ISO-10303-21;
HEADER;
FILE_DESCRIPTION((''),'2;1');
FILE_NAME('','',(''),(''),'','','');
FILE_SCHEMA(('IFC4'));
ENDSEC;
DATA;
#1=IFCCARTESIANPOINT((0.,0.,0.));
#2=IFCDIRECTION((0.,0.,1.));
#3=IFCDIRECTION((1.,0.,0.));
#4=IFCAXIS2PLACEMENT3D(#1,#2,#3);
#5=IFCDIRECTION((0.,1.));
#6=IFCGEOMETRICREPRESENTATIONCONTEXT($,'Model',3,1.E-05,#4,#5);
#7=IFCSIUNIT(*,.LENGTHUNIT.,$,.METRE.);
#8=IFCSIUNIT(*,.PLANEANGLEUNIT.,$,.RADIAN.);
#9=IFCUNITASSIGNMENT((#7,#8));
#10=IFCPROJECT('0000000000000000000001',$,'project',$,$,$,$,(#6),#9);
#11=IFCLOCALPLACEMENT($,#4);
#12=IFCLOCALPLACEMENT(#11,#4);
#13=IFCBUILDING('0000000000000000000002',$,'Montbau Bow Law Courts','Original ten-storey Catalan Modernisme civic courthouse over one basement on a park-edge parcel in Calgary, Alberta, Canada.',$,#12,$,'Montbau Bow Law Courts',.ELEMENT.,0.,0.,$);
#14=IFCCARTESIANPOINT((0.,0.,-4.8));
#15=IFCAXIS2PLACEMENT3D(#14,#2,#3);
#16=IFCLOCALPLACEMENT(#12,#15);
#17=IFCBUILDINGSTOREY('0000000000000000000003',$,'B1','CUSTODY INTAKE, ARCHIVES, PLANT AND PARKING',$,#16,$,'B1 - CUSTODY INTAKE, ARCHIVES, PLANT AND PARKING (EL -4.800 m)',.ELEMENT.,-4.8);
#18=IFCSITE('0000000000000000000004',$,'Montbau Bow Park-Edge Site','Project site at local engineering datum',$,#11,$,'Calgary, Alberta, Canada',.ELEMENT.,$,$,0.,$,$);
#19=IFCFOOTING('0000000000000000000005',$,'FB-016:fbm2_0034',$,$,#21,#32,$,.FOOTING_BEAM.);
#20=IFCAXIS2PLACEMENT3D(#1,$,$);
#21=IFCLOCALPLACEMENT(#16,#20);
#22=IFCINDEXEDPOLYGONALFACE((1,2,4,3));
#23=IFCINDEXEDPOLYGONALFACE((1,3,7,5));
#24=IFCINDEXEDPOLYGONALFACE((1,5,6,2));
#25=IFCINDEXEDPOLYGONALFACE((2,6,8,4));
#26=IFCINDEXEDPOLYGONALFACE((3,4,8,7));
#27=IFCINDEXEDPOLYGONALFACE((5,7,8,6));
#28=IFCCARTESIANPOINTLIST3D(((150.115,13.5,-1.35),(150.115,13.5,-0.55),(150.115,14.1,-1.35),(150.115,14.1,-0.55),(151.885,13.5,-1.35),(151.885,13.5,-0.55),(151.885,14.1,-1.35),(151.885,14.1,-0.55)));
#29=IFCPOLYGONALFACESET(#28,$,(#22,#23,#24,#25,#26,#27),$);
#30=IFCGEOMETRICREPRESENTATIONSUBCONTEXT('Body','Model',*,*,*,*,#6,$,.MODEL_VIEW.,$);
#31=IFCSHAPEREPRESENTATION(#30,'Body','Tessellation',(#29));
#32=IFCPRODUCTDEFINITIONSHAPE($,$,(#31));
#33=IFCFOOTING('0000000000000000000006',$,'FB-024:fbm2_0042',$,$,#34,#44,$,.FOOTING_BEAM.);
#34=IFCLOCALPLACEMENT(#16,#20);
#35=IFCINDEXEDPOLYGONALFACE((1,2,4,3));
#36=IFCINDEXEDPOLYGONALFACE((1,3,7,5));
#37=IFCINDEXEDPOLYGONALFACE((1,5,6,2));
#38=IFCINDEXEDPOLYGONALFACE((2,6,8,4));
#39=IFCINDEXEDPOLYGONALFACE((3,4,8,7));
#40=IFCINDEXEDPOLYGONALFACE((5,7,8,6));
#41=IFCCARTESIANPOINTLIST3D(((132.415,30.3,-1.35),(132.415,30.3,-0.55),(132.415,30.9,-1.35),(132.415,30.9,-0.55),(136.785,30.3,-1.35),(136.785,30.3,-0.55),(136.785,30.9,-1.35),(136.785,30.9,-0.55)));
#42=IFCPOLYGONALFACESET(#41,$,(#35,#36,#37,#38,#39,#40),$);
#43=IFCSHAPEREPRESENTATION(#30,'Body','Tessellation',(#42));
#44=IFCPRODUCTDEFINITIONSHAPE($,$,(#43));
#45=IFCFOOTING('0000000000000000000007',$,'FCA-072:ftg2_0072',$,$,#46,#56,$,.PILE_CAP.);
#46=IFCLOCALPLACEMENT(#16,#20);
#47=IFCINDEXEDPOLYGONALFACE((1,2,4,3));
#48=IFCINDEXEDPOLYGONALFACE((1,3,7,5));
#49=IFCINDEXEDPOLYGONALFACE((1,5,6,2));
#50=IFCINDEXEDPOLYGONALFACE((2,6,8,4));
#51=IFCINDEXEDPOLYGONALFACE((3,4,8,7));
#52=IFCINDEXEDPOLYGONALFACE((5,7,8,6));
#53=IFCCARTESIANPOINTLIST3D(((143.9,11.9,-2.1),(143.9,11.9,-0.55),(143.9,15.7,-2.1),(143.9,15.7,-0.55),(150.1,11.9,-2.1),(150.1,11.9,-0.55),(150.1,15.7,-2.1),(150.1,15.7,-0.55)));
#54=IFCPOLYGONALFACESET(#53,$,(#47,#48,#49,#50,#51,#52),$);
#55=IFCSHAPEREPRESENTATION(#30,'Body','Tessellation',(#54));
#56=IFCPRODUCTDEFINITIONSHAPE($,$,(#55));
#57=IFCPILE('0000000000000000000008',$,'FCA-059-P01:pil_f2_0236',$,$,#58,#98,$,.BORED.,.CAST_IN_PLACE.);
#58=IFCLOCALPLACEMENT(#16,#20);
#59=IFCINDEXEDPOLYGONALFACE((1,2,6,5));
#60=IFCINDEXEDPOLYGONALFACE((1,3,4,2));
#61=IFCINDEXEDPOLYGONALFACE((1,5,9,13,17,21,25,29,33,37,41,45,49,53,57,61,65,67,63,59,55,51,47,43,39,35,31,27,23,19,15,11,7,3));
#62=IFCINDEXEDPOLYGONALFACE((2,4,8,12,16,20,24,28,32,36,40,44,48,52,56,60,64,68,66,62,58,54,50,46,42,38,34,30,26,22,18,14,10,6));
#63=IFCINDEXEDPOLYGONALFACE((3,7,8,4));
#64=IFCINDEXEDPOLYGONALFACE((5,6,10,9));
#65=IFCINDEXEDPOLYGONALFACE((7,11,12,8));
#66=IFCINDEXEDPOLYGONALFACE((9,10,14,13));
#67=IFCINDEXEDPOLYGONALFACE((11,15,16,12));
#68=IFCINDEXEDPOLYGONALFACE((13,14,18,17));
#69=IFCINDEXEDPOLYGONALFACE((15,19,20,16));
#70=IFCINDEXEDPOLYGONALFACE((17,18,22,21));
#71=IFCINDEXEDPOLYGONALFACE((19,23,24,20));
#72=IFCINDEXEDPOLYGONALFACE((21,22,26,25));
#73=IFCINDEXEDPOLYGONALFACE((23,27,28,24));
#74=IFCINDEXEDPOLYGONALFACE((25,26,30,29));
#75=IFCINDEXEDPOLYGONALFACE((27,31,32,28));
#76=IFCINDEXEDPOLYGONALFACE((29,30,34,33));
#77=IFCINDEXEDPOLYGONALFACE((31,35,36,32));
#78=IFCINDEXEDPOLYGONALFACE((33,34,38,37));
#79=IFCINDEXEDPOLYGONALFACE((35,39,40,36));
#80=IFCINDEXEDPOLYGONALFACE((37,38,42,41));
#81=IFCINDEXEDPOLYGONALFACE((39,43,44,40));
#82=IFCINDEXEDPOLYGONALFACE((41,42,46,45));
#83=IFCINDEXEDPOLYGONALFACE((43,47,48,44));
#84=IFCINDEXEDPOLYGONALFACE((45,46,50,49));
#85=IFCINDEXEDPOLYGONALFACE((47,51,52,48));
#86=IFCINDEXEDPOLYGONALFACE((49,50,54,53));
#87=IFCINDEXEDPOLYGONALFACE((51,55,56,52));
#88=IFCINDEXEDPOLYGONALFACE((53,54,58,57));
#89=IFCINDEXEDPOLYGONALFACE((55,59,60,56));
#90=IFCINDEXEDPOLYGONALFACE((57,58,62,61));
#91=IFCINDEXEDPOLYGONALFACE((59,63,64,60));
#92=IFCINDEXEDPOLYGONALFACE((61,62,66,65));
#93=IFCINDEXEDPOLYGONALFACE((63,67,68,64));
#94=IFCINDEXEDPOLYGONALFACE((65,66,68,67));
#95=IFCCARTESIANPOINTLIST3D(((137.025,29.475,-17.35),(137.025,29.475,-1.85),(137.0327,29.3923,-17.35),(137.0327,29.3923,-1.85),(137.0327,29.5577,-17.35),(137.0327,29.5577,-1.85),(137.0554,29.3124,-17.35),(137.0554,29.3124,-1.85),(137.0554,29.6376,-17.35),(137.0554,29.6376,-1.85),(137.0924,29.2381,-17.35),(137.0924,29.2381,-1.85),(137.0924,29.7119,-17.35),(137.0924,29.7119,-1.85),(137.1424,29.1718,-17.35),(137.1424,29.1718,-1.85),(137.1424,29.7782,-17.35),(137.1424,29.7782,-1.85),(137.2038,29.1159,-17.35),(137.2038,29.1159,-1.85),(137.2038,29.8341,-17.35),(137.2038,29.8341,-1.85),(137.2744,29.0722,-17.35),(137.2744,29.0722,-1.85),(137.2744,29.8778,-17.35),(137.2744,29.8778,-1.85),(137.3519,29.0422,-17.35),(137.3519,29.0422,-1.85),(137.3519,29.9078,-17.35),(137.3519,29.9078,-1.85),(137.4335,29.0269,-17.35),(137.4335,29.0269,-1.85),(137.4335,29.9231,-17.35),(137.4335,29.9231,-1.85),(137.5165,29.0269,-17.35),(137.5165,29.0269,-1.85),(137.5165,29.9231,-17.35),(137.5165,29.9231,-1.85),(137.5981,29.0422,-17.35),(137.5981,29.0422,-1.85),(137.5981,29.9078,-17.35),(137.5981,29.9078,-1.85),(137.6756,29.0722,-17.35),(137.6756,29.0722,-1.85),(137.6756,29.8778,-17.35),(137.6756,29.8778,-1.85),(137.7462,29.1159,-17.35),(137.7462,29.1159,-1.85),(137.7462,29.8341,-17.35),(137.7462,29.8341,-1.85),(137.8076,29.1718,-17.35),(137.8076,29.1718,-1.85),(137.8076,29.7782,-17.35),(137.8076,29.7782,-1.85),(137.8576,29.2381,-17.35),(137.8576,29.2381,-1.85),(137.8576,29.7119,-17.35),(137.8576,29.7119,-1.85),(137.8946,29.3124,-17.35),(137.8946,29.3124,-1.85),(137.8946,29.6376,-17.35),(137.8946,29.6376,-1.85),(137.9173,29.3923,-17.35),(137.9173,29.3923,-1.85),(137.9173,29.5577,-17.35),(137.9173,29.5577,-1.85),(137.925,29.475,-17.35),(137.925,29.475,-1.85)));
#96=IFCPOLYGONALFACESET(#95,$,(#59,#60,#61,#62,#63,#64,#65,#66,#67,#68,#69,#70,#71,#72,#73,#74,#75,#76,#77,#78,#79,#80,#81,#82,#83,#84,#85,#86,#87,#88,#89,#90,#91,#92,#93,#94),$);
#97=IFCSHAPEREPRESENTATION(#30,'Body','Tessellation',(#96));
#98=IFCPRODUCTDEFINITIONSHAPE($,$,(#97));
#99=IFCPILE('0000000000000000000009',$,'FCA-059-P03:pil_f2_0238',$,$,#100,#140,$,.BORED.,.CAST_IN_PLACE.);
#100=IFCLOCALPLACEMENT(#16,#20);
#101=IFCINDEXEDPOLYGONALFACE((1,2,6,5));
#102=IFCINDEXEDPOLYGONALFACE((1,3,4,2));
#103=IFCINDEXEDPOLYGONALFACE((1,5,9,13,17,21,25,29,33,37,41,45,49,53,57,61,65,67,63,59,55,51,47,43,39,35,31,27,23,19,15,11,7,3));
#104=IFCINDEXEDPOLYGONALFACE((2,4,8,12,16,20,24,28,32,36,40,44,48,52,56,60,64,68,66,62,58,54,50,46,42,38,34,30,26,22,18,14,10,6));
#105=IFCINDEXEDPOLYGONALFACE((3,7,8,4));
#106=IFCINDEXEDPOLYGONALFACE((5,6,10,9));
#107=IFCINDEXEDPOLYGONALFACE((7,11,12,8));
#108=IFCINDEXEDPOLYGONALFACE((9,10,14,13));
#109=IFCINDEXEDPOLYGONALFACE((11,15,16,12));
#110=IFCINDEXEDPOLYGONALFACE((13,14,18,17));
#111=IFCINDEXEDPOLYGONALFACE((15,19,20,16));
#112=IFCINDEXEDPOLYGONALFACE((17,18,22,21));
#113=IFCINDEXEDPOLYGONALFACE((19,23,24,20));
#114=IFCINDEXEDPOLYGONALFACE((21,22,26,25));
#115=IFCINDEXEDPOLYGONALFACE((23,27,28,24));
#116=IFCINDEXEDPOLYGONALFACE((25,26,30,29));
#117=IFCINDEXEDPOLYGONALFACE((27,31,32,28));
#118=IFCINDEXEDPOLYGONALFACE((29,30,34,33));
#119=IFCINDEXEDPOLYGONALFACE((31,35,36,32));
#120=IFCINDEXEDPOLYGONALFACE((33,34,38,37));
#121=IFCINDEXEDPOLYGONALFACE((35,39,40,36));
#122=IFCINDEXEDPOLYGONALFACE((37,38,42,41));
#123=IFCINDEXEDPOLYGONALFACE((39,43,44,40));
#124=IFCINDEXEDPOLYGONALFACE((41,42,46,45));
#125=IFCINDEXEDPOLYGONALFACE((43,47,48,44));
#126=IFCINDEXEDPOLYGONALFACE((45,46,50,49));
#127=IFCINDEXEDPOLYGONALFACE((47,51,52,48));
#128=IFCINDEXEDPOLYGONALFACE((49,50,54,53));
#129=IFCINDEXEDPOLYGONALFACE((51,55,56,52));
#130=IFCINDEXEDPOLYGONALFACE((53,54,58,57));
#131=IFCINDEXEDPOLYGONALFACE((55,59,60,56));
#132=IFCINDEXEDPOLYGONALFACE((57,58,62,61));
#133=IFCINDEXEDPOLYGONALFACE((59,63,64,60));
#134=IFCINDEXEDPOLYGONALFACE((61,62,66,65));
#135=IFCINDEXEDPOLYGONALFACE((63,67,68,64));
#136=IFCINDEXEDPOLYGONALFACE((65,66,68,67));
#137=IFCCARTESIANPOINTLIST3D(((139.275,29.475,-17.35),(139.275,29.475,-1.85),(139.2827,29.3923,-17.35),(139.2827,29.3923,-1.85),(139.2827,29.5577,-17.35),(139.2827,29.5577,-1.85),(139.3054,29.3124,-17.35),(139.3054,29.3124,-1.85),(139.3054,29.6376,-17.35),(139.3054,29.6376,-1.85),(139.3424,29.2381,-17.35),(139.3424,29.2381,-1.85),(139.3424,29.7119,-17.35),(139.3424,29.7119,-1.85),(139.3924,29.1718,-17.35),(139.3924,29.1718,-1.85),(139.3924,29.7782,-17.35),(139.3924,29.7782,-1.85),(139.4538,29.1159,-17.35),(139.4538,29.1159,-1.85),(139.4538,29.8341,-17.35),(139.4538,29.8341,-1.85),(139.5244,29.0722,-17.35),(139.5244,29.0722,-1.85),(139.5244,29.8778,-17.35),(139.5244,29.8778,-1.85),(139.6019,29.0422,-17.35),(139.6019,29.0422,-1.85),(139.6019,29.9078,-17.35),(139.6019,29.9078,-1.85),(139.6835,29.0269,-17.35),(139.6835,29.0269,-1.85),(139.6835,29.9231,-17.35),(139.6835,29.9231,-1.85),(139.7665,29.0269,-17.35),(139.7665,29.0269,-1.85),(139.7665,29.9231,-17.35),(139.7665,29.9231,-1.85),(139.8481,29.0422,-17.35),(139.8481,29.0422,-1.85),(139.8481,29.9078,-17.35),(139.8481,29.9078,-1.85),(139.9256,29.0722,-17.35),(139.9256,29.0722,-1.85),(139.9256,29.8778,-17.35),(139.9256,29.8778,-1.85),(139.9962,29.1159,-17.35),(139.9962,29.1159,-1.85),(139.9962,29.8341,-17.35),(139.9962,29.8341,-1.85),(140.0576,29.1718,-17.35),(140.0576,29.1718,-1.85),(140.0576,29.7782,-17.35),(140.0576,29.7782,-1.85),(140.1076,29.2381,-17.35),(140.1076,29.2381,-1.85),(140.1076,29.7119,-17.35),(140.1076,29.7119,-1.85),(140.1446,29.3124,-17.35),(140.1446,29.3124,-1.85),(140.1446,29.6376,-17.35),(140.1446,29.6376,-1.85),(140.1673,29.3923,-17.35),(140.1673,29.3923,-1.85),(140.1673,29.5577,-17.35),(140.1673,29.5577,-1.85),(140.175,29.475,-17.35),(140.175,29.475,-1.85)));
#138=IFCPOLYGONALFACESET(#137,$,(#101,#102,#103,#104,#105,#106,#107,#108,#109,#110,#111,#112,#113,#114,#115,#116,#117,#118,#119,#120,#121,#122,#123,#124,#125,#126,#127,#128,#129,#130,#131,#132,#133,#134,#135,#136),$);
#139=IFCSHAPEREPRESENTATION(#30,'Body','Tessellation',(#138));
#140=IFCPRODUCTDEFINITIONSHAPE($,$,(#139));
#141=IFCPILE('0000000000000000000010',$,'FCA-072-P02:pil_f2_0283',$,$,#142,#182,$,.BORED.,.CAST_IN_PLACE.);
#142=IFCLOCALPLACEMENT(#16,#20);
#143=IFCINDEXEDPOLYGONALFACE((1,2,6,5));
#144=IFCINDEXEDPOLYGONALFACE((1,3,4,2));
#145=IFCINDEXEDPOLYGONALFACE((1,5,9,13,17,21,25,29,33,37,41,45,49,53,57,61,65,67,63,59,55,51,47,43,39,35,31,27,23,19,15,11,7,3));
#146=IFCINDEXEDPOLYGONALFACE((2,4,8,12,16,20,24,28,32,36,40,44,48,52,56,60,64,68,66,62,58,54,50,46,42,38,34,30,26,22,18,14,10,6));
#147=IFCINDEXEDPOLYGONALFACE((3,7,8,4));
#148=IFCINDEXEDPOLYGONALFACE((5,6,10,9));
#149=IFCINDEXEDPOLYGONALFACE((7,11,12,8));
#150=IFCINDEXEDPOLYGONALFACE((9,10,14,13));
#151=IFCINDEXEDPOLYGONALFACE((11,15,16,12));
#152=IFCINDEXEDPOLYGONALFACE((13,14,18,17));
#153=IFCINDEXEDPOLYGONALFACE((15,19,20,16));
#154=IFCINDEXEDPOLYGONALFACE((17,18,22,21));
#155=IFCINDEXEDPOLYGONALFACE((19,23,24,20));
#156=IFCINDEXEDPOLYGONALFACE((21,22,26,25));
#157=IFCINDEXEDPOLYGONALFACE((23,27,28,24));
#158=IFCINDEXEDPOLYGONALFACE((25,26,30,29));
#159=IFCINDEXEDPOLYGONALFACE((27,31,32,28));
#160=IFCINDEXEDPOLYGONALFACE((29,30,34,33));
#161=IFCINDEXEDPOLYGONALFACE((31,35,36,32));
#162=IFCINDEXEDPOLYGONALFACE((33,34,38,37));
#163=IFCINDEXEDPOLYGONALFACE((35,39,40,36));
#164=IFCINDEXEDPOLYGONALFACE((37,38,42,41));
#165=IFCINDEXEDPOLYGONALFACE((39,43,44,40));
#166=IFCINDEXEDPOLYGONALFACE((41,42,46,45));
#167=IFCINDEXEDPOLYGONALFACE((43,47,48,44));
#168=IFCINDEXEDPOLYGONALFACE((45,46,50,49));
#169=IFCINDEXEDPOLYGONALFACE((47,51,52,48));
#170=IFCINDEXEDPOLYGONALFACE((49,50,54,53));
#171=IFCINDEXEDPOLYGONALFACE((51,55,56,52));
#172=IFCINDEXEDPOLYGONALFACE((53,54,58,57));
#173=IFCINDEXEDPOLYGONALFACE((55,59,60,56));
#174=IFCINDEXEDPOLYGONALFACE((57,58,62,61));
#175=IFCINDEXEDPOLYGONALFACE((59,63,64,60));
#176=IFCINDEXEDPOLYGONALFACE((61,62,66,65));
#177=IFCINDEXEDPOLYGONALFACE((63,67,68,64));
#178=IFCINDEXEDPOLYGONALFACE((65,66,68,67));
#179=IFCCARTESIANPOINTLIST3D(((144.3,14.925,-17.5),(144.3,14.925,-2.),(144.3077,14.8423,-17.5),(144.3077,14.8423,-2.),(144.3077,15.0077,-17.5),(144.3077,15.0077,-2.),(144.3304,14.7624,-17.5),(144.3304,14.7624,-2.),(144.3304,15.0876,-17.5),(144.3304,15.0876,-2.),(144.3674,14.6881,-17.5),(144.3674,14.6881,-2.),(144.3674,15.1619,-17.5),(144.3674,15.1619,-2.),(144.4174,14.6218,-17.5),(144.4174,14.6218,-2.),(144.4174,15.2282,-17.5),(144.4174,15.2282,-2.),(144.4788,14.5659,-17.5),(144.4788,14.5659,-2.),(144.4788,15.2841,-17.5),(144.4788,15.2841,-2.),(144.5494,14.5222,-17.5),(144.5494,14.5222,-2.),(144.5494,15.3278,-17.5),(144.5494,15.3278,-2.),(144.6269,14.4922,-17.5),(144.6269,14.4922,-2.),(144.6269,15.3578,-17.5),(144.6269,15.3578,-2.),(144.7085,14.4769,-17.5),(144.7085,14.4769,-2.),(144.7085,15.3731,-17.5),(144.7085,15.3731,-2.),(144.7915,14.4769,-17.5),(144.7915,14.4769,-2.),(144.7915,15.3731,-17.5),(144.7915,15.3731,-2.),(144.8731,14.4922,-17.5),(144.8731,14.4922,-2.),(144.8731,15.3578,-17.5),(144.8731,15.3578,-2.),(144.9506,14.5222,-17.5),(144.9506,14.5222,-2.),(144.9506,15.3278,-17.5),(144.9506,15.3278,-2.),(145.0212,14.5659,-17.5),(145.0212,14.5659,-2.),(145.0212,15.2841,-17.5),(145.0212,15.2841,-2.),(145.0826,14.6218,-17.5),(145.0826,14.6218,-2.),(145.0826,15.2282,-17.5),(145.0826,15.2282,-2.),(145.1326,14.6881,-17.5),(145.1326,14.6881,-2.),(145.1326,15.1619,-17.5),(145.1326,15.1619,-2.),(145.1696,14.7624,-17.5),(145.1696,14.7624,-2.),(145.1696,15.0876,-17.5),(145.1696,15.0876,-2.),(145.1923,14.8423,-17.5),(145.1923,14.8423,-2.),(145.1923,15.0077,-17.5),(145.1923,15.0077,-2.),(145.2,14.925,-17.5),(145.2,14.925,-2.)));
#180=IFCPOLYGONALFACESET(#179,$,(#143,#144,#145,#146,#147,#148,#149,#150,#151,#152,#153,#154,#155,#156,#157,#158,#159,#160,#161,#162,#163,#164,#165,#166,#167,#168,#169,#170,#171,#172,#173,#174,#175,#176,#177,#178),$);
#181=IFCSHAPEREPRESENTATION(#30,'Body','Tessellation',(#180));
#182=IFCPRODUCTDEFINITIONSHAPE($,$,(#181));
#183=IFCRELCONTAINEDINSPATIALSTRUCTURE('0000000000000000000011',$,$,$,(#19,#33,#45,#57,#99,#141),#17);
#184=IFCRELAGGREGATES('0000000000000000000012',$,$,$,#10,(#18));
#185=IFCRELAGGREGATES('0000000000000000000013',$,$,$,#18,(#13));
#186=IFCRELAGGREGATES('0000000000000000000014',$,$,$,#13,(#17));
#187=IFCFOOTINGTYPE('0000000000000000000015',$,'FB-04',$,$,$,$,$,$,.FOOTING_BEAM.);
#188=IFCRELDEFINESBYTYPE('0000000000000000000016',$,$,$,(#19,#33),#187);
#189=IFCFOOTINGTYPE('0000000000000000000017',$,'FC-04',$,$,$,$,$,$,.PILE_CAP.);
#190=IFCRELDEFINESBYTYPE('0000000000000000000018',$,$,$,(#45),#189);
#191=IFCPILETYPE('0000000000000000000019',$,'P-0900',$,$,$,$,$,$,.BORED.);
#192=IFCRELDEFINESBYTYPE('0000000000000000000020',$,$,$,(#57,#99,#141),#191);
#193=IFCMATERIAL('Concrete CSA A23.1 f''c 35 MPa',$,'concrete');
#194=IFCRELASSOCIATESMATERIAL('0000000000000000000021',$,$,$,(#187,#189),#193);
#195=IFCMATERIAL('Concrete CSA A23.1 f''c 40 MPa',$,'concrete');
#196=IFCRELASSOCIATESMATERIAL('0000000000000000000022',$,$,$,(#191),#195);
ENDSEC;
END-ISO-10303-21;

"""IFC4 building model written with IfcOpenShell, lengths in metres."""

from ifc_helpers import new_model, si_unit, direction, frame, origin_with_axes, origin_2d_with_axis, place, context, subcontext, project, spatial, rectangle, circle, extrude, material, material_profile, profile_set, type_object, element, save


model = new_model("IFC4")

# Units and contexts
model_context = context("Model", 3, precision=1e-05, world=origin_with_axes(), true_north=direction((0.0, 1.0)))
body_context = subcontext(model_context, "Body", "Model", "MODEL_VIEW")
ifc_project = project(units=[si_unit("LENGTHUNIT", "METRE"), si_unit("PLANEANGLEUNIT", "RADIAN")], contexts=[model_context])

# Site, building, storey
site_placement = place(None, origin_with_axes())
site = spatial("IfcSite", under=ifc_project, at=site_placement, Name="Montbau Bow Park-Edge Site", Description="Project site at local engineering datum", LongName="Calgary, Alberta, Canada", CompositionType="ELEMENT", RefElevation=0.0)
building_placement = place(site_placement, origin_with_axes())
building = spatial("IfcBuilding", under=site, at=building_placement, Name="Montbau Bow Law Courts", Description="Original ten-storey Catalan Modernisme civic courthouse over one basement on a park-edge parcel in Calgary, Alberta, Canada.", LongName="Montbau Bow Law Courts", CompositionType="ELEMENT", ElevationOfRefHeight=0.0, ElevationOfTerrain=0.0)
storey_placement = place(building_placement, frame((0.0, 0.0, -4.8), z_axis=(0.0, 0.0, 1.0), x_axis=(1.0, 0.0, 0.0)))
storey = spatial("IfcBuildingStorey", under=building, at=storey_placement, Name="B1", Description="CUSTODY INTAKE, ARCHIVES, PLANT AND PARKING", LongName="B1 - CUSTODY INTAKE, ARCHIVES, PLANT AND PARKING (EL -4.800 m)", CompositionType="ELEMENT", Elevation=-4.8)

# Footings
ifc_material_1 = material(Name="Concrete CSA A23.1 f'c 35 MPa", Category="concrete")
footing_type_1 = type_object("IfcFootingType", Name="FB-04", PredefinedType="FOOTING_BEAM", material=ifc_material_1)
footing_1_placement = place(None, frame((151.0, 13.8, -6.15), z_axis=(0.0, 0.0, 1.0), x_axis=(1.0, 0.0, 0.0)))
element("IfcFooting", 1, at=footing_1_placement, inside=storey, type_object=footing_type_1, Name="FB-016:fbm2_0034", PredefinedType="FOOTING_BEAM", context=body_context, shape_type="SweptSolid", body=[
    extrude(rectangle(XDim=1.77, YDim=0.6, at=origin_2d_with_axis()), origin_with_axes(), (0.0, 0.0, 1.0), 0.8),
])
footing_2_placement = place(None, frame((134.6, 30.6, -6.15), z_axis=(0.0, 0.0, 1.0), x_axis=(1.0, 0.0, 0.0)))
element("IfcFooting", 2, at=footing_2_placement, inside=storey, type_object=footing_type_1, Name="FB-024:fbm2_0042", PredefinedType="FOOTING_BEAM", context=body_context, shape_type="SweptSolid", body=[
    extrude(rectangle(XDim=4.37, YDim=0.6, at=origin_2d_with_axis()), origin_with_axes(), (0.0, 0.0, 1.0), 0.8),
])
footing_type_2 = type_object("IfcFootingType", Name="FC-04", PredefinedType="PILE_CAP", material=ifc_material_1)
footing_3_placement = place(None, frame((147.0, 13.8, -6.9), z_axis=(0.0, 0.0, 1.0), x_axis=(1.0, 0.0, 0.0)))
element("IfcFooting", 3, at=footing_3_placement, inside=storey, type_object=footing_type_2, Name="FCA-072:ftg2_0072", PredefinedType="PILE_CAP", context=body_context, shape_type="SweptSolid", body=[
    extrude(rectangle(XDim=6.2, YDim=3.8, at=origin_2d_with_axis()), origin_with_axes(), (0.0, 0.0, 1.0), 1.55),
])

# Piles
ifc_material_2 = material(Name="Concrete CSA A23.1 f'c 40 MPa", Category="concrete")
ifc_material_profile_1 = material_profile(ifc_material_2, circle(Radius=0.45, at=origin_2d_with_axis()), Name="BP900", Category="Main", Priority=0)
ifc_profile_set_1 = profile_set([ifc_material_profile_1], Name="Concrete CSA A23.1 f'c 40 MPa")
pile_type_1 = type_object("IfcPileType", Name="P-0900", PredefinedType="BORED", material=ifc_profile_set_1)
for number, where, z_axis, x_axis, name in (
    (4, (137.475, 29.475, -22.15), (0.0, 0.0, 1.0), (1.0, 0.0, 0.0), "FCA-059-P01:pil_f2_0236"),
    (5, (139.725, 29.475, -22.15), (0.0, 0.0, 1.0), (1.0, 0.0, 0.0), "FCA-059-P03:pil_f2_0238"),
    (6, (144.75, 14.925, -22.3), (0.0, 0.0, 1.0), (1.0, 0.0, 0.0), "FCA-072-P02:pil_f2_0283"),
):
    element("IfcPile", number, at=place(None, frame(where, z_axis=z_axis, x_axis=x_axis)), inside=storey, type_object=pile_type_1, Name=name, ConstructionType="CAST_IN_PLACE", PredefinedType="BORED", context=body_context, shape_type="SweptSolid", body=[
        extrude(circle(Radius=0.45, at=origin_2d_with_axis()), origin_with_axes(), (0.0, 0.0, 1.0), 15.5),
    ])

save(model, "model.ifc")
